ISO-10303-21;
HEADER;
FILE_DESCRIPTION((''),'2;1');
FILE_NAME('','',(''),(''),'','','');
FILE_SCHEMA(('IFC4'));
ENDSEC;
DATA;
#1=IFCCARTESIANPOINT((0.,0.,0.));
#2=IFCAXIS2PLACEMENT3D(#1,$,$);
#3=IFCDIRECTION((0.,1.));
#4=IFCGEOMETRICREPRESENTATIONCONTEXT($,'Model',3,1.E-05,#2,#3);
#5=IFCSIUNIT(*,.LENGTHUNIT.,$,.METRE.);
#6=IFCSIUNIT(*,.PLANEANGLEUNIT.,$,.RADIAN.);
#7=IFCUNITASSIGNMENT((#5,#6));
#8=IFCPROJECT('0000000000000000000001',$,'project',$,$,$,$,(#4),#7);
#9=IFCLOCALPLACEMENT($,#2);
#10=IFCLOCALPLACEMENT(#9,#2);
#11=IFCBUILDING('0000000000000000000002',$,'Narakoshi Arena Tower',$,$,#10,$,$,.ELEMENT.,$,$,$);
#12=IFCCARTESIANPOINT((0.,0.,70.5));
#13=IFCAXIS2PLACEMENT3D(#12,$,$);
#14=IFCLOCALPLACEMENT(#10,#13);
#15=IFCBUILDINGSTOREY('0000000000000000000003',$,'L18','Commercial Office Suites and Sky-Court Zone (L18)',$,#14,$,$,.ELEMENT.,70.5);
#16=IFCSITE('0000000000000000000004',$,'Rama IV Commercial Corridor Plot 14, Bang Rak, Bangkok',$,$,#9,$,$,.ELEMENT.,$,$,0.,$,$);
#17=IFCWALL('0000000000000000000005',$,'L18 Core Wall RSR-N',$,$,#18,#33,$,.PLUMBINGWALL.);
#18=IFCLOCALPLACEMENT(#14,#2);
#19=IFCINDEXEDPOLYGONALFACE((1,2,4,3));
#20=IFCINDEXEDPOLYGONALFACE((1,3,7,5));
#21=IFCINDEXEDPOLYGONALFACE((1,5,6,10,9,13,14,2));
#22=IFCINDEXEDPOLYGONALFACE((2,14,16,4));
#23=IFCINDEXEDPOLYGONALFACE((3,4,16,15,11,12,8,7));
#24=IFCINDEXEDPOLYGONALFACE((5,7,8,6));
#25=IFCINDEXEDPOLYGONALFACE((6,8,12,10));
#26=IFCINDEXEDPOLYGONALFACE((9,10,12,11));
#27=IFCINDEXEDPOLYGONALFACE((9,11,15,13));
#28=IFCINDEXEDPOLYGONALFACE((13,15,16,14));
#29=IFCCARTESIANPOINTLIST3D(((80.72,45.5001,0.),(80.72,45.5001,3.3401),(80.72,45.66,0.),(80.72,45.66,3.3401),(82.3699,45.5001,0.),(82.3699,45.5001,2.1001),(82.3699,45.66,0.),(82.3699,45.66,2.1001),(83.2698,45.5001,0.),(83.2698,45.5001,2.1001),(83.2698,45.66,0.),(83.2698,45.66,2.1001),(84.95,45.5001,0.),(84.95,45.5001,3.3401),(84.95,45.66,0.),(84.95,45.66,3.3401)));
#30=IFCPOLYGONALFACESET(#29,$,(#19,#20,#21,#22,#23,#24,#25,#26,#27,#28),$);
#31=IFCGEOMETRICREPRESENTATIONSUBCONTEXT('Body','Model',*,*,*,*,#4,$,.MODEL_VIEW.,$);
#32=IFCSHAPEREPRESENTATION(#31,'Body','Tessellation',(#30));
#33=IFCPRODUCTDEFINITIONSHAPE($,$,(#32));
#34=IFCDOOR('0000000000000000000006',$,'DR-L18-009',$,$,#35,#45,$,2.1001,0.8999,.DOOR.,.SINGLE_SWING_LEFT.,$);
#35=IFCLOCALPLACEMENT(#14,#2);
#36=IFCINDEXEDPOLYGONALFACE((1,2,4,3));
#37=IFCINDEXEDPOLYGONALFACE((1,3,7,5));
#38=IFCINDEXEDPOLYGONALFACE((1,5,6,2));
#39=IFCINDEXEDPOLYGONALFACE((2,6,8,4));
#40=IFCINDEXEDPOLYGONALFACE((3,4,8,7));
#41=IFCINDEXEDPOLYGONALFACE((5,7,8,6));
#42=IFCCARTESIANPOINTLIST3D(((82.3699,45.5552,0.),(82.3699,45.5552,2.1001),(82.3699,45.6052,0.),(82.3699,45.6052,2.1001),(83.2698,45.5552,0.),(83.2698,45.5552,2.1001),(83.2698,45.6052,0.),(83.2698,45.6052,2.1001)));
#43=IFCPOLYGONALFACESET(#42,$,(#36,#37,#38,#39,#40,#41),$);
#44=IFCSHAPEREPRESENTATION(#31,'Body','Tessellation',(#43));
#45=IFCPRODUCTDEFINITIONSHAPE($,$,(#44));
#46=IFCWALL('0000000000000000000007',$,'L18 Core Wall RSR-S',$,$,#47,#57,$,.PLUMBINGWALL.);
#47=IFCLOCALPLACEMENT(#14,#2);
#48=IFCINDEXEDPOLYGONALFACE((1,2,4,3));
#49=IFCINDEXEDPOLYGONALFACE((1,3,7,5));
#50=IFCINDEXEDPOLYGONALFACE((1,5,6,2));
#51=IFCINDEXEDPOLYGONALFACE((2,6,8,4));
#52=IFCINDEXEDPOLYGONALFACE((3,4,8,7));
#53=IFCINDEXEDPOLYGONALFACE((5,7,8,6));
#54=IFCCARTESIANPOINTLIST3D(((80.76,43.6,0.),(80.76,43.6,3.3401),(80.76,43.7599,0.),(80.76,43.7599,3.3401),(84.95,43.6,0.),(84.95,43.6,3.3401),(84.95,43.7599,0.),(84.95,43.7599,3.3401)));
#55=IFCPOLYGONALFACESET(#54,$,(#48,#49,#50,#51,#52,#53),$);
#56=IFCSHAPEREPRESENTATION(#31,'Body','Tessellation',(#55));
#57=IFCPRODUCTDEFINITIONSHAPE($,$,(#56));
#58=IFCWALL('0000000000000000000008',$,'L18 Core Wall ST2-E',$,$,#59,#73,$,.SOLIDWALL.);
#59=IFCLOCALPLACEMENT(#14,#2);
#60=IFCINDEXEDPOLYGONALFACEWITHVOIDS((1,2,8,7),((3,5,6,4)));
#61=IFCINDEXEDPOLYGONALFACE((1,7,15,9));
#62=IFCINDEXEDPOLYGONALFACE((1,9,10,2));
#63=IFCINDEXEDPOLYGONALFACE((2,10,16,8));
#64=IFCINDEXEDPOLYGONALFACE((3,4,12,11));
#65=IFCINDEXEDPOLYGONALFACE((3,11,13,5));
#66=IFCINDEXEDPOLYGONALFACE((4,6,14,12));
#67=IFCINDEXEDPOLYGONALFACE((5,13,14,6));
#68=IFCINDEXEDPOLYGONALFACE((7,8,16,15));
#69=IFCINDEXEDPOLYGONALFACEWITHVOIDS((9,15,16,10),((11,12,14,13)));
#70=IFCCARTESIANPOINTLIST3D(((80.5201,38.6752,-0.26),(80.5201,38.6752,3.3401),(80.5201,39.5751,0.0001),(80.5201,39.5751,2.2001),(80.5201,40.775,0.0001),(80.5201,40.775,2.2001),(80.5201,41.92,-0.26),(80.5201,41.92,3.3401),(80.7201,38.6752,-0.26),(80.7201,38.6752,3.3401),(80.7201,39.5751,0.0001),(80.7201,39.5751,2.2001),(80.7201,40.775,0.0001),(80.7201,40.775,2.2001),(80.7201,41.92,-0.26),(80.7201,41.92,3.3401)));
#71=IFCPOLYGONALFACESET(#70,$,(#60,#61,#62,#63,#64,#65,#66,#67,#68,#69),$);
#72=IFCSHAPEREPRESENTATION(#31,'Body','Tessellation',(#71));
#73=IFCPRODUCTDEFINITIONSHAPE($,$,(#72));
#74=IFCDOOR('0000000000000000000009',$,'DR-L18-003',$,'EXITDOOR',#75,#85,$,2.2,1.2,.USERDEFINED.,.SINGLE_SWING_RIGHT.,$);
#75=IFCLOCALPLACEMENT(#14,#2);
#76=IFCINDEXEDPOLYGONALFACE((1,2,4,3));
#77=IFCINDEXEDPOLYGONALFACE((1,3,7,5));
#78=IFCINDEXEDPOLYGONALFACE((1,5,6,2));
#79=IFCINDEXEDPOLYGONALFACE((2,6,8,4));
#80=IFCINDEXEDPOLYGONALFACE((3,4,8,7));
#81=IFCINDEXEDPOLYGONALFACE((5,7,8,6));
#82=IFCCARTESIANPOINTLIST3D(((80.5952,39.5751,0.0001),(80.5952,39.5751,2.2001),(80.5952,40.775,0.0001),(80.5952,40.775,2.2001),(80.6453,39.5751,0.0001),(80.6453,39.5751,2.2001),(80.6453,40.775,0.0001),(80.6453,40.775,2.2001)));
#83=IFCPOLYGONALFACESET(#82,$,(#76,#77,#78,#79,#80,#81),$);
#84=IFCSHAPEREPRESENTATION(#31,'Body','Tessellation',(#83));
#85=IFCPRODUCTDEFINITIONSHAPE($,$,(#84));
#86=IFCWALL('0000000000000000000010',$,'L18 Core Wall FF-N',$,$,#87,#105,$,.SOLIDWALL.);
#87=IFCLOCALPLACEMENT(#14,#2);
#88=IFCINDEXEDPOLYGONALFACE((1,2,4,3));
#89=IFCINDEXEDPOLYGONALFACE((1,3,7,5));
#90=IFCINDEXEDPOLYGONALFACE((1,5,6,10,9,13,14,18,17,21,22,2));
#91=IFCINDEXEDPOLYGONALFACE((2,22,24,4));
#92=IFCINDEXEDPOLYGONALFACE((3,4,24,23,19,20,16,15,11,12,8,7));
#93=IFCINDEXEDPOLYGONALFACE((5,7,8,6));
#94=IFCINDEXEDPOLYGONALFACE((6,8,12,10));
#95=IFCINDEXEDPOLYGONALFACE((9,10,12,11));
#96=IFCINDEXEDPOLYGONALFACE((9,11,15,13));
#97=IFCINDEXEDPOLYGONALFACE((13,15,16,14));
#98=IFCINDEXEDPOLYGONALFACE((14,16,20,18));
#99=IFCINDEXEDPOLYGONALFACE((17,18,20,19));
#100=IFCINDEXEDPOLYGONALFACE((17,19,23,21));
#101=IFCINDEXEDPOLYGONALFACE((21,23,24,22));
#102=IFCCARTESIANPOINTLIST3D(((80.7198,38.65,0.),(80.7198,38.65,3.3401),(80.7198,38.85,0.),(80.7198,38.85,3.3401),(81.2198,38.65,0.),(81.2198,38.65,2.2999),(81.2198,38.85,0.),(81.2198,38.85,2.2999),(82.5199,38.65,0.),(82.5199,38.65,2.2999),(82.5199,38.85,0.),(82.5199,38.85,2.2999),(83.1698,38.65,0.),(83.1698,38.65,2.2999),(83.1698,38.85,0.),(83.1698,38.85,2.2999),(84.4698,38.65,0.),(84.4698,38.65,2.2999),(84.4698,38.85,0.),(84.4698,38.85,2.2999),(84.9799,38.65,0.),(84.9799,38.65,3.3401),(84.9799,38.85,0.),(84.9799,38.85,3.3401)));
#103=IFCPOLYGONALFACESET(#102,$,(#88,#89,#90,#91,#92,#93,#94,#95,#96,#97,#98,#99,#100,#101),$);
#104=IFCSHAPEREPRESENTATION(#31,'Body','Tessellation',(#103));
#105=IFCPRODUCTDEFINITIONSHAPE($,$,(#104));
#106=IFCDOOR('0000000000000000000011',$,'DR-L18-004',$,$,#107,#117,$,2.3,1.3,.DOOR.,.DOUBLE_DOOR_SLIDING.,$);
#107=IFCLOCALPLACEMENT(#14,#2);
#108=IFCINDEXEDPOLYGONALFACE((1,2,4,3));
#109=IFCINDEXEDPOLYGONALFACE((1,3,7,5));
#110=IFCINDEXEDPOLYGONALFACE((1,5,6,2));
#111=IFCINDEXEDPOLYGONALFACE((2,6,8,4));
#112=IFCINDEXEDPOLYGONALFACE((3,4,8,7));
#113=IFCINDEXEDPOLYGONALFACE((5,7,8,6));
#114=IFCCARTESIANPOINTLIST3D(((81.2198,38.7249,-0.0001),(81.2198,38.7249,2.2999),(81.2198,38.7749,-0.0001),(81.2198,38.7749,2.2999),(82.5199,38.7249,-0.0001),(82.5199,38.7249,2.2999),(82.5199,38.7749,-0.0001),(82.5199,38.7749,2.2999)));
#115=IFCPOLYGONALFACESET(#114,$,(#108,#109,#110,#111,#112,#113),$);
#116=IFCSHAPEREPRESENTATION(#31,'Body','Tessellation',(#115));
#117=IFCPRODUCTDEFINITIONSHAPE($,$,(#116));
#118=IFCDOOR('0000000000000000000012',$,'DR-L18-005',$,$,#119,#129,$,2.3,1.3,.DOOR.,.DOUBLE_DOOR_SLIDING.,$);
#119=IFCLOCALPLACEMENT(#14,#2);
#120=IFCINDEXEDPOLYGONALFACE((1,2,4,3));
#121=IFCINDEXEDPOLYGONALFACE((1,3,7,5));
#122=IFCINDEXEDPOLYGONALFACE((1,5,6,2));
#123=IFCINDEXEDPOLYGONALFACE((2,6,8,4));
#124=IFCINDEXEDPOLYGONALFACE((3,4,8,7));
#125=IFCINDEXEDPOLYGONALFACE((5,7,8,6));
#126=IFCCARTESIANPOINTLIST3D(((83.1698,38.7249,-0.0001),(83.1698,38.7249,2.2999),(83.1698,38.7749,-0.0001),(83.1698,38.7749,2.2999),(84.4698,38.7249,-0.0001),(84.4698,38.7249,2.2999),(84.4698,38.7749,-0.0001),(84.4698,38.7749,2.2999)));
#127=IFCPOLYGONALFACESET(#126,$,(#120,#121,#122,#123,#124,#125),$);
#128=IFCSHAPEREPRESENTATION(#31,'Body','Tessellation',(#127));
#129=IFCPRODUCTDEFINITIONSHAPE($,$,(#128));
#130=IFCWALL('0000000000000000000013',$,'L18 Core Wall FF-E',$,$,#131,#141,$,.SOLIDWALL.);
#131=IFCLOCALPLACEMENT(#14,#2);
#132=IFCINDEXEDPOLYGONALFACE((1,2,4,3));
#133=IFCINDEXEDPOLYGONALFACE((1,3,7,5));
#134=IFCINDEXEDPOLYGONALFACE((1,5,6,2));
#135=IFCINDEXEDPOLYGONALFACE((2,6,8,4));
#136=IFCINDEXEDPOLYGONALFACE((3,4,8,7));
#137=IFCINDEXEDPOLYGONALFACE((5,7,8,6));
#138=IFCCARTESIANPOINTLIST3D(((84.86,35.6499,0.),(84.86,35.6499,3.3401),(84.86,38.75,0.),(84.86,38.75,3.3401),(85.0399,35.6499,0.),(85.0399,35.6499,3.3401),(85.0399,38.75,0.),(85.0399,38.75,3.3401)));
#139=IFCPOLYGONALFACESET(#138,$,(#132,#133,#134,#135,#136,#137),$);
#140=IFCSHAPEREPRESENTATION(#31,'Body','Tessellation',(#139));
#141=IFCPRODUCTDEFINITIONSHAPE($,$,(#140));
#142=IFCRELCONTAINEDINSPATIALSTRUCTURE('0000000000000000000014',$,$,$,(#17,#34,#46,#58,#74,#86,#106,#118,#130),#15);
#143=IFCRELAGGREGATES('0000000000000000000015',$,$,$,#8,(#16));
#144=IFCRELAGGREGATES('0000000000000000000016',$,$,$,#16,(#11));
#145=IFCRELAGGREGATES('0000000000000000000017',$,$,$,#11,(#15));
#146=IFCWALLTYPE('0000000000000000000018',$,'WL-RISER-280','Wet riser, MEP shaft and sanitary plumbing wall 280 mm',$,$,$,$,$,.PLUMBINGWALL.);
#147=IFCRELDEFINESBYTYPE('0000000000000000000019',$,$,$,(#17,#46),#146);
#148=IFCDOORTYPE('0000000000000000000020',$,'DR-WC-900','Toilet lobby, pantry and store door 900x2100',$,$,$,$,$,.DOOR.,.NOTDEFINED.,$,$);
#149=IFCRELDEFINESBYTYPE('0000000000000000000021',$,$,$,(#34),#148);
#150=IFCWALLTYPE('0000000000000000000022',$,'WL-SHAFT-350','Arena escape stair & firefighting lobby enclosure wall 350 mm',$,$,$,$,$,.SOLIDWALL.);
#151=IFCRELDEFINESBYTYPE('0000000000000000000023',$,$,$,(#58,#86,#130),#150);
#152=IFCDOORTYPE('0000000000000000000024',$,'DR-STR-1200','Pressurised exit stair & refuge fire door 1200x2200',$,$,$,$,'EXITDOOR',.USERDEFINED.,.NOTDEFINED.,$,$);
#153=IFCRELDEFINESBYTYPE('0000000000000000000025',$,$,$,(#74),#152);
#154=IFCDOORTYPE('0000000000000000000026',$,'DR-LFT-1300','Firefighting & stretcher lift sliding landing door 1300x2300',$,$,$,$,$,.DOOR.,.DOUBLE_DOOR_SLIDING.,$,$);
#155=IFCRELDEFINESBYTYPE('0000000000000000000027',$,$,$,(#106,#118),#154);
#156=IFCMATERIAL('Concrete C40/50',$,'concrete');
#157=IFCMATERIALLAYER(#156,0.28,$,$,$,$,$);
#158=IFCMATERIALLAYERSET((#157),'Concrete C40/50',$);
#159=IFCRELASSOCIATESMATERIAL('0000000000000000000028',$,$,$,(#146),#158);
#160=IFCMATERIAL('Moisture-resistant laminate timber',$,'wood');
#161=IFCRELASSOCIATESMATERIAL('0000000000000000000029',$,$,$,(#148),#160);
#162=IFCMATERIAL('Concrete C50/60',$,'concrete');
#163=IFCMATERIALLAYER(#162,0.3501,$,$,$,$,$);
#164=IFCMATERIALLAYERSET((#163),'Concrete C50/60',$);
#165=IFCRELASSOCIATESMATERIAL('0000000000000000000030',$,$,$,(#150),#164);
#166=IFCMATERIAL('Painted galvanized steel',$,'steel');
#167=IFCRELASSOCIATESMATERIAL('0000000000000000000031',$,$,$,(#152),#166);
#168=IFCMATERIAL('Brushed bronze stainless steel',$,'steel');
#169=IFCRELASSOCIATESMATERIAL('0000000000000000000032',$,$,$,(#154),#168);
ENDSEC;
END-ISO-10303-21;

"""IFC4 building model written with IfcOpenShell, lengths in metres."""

from ifc_helpers import new_model, si_unit, direction, frame, frame_2d, origin, place, context, subcontext, project, spatial, rectangle, extrude, material, layer, layer_set, type_object, element, fill, save


model = new_model("IFC4")

# Units and contexts
model_context = context("Model", 3, precision=1e-05, world=origin(), true_north=direction((0.0, 1.0)))
body_context = subcontext(model_context, "Body", "Model", "MODEL_VIEW")
ifc_project = project(units=[si_unit("LENGTHUNIT", "METRE"), si_unit("PLANEANGLEUNIT", "RADIAN")], contexts=[model_context])

# Site, building, storey
site_placement = place(None, origin())
site = spatial("IfcSite", under=ifc_project, at=site_placement, Name="Rama IV Commercial Corridor Plot 14, Bang Rak, Bangkok", CompositionType="ELEMENT", RefElevation=0.0)
building_placement = place(site_placement, origin())
building = spatial("IfcBuilding", under=site, at=building_placement, Name="Narakoshi Arena Tower", CompositionType="ELEMENT")
storey_placement = place(building_placement, frame((0.0, 0.0, 70.5)))
storey = spatial("IfcBuildingStorey", under=building, at=storey_placement, Name="L18", Description="Commercial Office Suites and Sky-Court Zone (L18)", CompositionType="ELEMENT", Elevation=70.5)

# Shared definitions
ifc_material_1 = material(Name="Concrete C40/50", Category="concrete")
ifc_layer_1 = layer(ifc_material_1, 0.28)
ifc_layer_set_1 = layer_set([ifc_layer_1], Name="Concrete C40/50")
wall_type_1 = type_object("IfcWallType", Name="WL-RISER-280", Description="Wet riser, MEP shaft and sanitary plumbing wall 280 mm", PredefinedType="PLUMBINGWALL", material=ifc_layer_set_1)

# Wall, opening, door
wall_1_placement = place(storey_placement, frame((80.72, 45.5801, 0.0), z_axis=(0.0, 0.0, 1.0), x_axis=(1.0, 0.0, 0.0)))
wall_1 = element("IfcWall", 1, at=wall_1_placement, inside=storey, type_object=wall_type_1, Name="L18 Core Wall RSR-N", PredefinedType="PLUMBINGWALL", context=body_context, shape_type="SweptSolid", body=[
    extrude(rectangle(XDim=4.23, YDim=0.1599, at=frame_2d((2.115, 0.0))), origin(), (0.0, 0.0, 1.0), 3.3401),
])
opening_1_placement = place(wall_1_placement, frame((1.6499, 0.0, 0.0)))
opening_1 = element("IfcOpeningElement", 2, at=opening_1_placement, cuts=wall_1, PredefinedType="OPENING", context=body_context, shape_type="SweptSolid", body=[
    extrude(rectangle(XDim=0.8999, YDim=2.1001, at=frame_2d((0.45, 1.05))), frame((0.0, 0.0898, 0.0), z_axis=(0.0, -1.0, 0.0), x_axis=(1.0, 0.0, 0.0)), (0.0, 0.0, 1.0), 0.1799),
])
ifc_material_2 = material(Name="Moisture-resistant laminate timber", Category="wood")
door_type_1 = type_object("IfcDoorType", Name="DR-WC-900", Description="Toilet lobby, pantry and store door 900x2100", OperationType="NOTDEFINED", PredefinedType="DOOR", material=ifc_material_2)
door_1_placement = place(opening_1_placement, frame((0.8999, 0.0, 0.0), z_axis=(0.0, 0.0, 1.0), x_axis=(-1.0, 0.0, 0.0)))
door_1 = element("IfcDoor", 3, at=door_1_placement, inside=storey, type_object=door_type_1, Name="DR-L18-009", OperationType="SINGLE_SWING_LEFT", OverallHeight=2.1001, OverallWidth=0.8999, PredefinedType="DOOR", context=body_context, shape_type="SweptSolid", body=[
    extrude(rectangle(XDim=0.8999, YDim=2.1001, at=frame_2d((0.45, 1.05))), frame((0.0, 0.0249, 0.0), z_axis=(0.0, -1.0, 0.0), x_axis=(1.0, 0.0, 0.0)), (0.0, 0.0, 1.0), 0.05),
])
fill(opening_1, door_1)

# Wall
wall_2_placement = place(storey_placement, frame((80.76, 43.6799, 0.0), z_axis=(0.0, 0.0, 1.0), x_axis=(1.0, 0.0, 0.0)))
element("IfcWall", 4, at=wall_2_placement, inside=storey, type_object=wall_type_1, Name="L18 Core Wall RSR-S", PredefinedType="PLUMBINGWALL", context=body_context, shape_type="SweptSolid", body=[
    extrude(rectangle(XDim=4.1899, YDim=0.1599, at=frame_2d((2.095, 0.0))), origin(), (0.0, 0.0, 1.0), 3.3401),
])

# Wall, opening, door
ifc_material_3 = material(Name="Concrete C50/60", Category="concrete")
ifc_layer_2 = layer(ifc_material_3, 0.3501)
ifc_layer_set_2 = layer_set([ifc_layer_2], Name="Concrete C50/60")
wall_type_2 = type_object("IfcWallType", Name="WL-SHAFT-350", Description="Arena escape stair & firefighting lobby enclosure wall 350 mm", PredefinedType="SOLIDWALL", material=ifc_layer_set_2)
wall_3_placement = place(storey_placement, frame((80.6201, 38.675, -0.26), z_axis=(0.0, 0.0, 1.0), x_axis=(0.0, 1.0, 0.0)))
wall_3 = element("IfcWall", 5, at=wall_3_placement, inside=storey, type_object=wall_type_2, Name="L18 Core Wall ST2-E", PredefinedType="SOLIDWALL", context=body_context, shape_type="SweptSolid", body=[
    extrude(rectangle(XDim=3.2449, YDim=0.2, at=frame_2d((1.6226, 0.0))), origin(), (0.0, 0.0, 1.0), 3.6001),
])
opening_2_placement = place(wall_3_placement, frame((0.8999, 0.0, 0.26)))
opening_2 = element("IfcOpeningElement", 6, at=opening_2_placement, cuts=wall_3, PredefinedType="OPENING", context=body_context, shape_type="SweptSolid", body=[
    extrude(rectangle(XDim=1.2, YDim=2.2, at=frame_2d((0.6001, 1.1001))), frame((0.0, 0.1099, 0.0), z_axis=(0.0, -1.0, 0.0), x_axis=(1.0, 0.0, 0.0)), (0.0, 0.0, 1.0), 0.22),
])
ifc_material_4 = material(Name="Painted galvanized steel", Category="steel")
door_type_2 = type_object("IfcDoorType", Name="DR-STR-1200", Description="Pressurised exit stair & refuge fire door 1200x2200", ElementType="EXITDOOR", OperationType="NOTDEFINED", PredefinedType="USERDEFINED", material=ifc_material_4)
door_2_placement = place(opening_2_placement, origin())
door_2 = element("IfcDoor", 7, at=door_2_placement, inside=storey, type_object=door_type_2, Name="DR-L18-003", ObjectType="EXITDOOR", OperationType="SINGLE_SWING_RIGHT", OverallHeight=2.2, OverallWidth=1.2, PredefinedType="USERDEFINED", context=body_context, shape_type="SweptSolid", body=[
    extrude(rectangle(XDim=1.2, YDim=2.2, at=frame_2d((0.6001, 1.1001))), frame((0.0, 0.0249, 0.0), z_axis=(0.0, -1.0, 0.0), x_axis=(1.0, 0.0, 0.0)), (0.0, 0.0, 1.0), 0.05),
])
fill(opening_2, door_2)

# Wall, openings, doors
wall_4_placement = place(storey_placement, frame((80.72, 38.75, 0.0), z_axis=(0.0, 0.0, 1.0), x_axis=(1.0, 0.0, 0.0)))
wall_4 = element("IfcWall", 8, at=wall_4_placement, inside=storey, type_object=wall_type_2, Name="L18 Core Wall FF-N", PredefinedType="SOLIDWALL", context=body_context, shape_type="SweptSolid", body=[
    extrude(rectangle(XDim=4.26, YDim=0.2, at=frame_2d((2.1299, 0.0))), origin(), (0.0, 0.0, 1.0), 3.3401),
])
opening_3_placement = place(wall_4_placement, frame((0.5, 0.0, 0.0)))
opening_3 = element("IfcOpeningElement", 9, at=opening_3_placement, cuts=wall_4, PredefinedType="OPENING", context=body_context, shape_type="SweptSolid", body=[
    extrude(rectangle(XDim=1.3, YDim=2.3, at=frame_2d((0.6499, 1.1499))), frame((0.0, 0.1099, 0.0), z_axis=(0.0, -1.0, 0.0), x_axis=(1.0, 0.0, 0.0)), (0.0, 0.0, 1.0), 0.22),
])
opening_4_placement = place(wall_4_placement, frame((2.45, 0.0, 0.0)))
opening_4 = element("IfcOpeningElement", 10, at=opening_4_placement, cuts=wall_4, PredefinedType="OPENING", context=body_context, shape_type="SweptSolid", body=[
    extrude(rectangle(XDim=1.3, YDim=2.3, at=frame_2d((0.6499, 1.1499))), frame((0.0, 0.1099, 0.0), z_axis=(0.0, -1.0, 0.0), x_axis=(1.0, 0.0, 0.0)), (0.0, 0.0, 1.0), 0.22),
])
ifc_material_5 = material(Name="Brushed bronze stainless steel", Category="steel")
door_type_3 = type_object("IfcDoorType", Name="DR-LFT-1300", Description="Firefighting & stretcher lift sliding landing door 1300x2300", OperationType="DOUBLE_DOOR_SLIDING", PredefinedType="DOOR", material=ifc_material_5)
door_3_placement = place(opening_3_placement, origin())
door_3 = element("IfcDoor", 11, at=door_3_placement, inside=storey, type_object=door_type_3, Name="DR-L18-004", OperationType="DOUBLE_DOOR_SLIDING", OverallHeight=2.3, OverallWidth=1.3, PredefinedType="DOOR", context=body_context, shape_type="SweptSolid", body=[
    extrude(rectangle(XDim=1.3, YDim=2.3, at=frame_2d((0.6499, 1.1499))), frame((0.0, 0.0249, 0.0), z_axis=(0.0, -1.0, 0.0), x_axis=(1.0, 0.0, 0.0)), (0.0, 0.0, 1.0), 0.05),
])
fill(opening_3, door_3)
door_4_placement = place(opening_4_placement, origin())
door_4 = element("IfcDoor", 12, at=door_4_placement, inside=storey, type_object=door_type_3, Name="DR-L18-005", OperationType="DOUBLE_DOOR_SLIDING", OverallHeight=2.3, OverallWidth=1.3, PredefinedType="DOOR", context=body_context, shape_type="SweptSolid", body=[
    extrude(rectangle(XDim=1.3, YDim=2.3, at=frame_2d((0.6499, 1.1499))), frame((0.0, 0.0249, 0.0), z_axis=(0.0, -1.0, 0.0), x_axis=(1.0, 0.0, 0.0)), (0.0, 0.0, 1.0), 0.05),
])
fill(opening_4, door_4)

# Wall
wall_5_placement = place(storey_placement, frame((84.95, 35.6499, 0.0), z_axis=(0.0, 0.0, 1.0), x_axis=(0.0, 1.0, 0.0)))
element("IfcWall", 13, at=wall_5_placement, inside=storey, type_object=wall_type_2, Name="L18 Core Wall FF-E", PredefinedType="SOLIDWALL", context=body_context, shape_type="SweptSolid", body=[
    extrude(rectangle(XDim=3.1001, YDim=0.1799, at=frame_2d((1.55, 0.0))), origin(), (0.0, 0.0, 1.0), 3.3401),
])

save(model, "model.ifc")
